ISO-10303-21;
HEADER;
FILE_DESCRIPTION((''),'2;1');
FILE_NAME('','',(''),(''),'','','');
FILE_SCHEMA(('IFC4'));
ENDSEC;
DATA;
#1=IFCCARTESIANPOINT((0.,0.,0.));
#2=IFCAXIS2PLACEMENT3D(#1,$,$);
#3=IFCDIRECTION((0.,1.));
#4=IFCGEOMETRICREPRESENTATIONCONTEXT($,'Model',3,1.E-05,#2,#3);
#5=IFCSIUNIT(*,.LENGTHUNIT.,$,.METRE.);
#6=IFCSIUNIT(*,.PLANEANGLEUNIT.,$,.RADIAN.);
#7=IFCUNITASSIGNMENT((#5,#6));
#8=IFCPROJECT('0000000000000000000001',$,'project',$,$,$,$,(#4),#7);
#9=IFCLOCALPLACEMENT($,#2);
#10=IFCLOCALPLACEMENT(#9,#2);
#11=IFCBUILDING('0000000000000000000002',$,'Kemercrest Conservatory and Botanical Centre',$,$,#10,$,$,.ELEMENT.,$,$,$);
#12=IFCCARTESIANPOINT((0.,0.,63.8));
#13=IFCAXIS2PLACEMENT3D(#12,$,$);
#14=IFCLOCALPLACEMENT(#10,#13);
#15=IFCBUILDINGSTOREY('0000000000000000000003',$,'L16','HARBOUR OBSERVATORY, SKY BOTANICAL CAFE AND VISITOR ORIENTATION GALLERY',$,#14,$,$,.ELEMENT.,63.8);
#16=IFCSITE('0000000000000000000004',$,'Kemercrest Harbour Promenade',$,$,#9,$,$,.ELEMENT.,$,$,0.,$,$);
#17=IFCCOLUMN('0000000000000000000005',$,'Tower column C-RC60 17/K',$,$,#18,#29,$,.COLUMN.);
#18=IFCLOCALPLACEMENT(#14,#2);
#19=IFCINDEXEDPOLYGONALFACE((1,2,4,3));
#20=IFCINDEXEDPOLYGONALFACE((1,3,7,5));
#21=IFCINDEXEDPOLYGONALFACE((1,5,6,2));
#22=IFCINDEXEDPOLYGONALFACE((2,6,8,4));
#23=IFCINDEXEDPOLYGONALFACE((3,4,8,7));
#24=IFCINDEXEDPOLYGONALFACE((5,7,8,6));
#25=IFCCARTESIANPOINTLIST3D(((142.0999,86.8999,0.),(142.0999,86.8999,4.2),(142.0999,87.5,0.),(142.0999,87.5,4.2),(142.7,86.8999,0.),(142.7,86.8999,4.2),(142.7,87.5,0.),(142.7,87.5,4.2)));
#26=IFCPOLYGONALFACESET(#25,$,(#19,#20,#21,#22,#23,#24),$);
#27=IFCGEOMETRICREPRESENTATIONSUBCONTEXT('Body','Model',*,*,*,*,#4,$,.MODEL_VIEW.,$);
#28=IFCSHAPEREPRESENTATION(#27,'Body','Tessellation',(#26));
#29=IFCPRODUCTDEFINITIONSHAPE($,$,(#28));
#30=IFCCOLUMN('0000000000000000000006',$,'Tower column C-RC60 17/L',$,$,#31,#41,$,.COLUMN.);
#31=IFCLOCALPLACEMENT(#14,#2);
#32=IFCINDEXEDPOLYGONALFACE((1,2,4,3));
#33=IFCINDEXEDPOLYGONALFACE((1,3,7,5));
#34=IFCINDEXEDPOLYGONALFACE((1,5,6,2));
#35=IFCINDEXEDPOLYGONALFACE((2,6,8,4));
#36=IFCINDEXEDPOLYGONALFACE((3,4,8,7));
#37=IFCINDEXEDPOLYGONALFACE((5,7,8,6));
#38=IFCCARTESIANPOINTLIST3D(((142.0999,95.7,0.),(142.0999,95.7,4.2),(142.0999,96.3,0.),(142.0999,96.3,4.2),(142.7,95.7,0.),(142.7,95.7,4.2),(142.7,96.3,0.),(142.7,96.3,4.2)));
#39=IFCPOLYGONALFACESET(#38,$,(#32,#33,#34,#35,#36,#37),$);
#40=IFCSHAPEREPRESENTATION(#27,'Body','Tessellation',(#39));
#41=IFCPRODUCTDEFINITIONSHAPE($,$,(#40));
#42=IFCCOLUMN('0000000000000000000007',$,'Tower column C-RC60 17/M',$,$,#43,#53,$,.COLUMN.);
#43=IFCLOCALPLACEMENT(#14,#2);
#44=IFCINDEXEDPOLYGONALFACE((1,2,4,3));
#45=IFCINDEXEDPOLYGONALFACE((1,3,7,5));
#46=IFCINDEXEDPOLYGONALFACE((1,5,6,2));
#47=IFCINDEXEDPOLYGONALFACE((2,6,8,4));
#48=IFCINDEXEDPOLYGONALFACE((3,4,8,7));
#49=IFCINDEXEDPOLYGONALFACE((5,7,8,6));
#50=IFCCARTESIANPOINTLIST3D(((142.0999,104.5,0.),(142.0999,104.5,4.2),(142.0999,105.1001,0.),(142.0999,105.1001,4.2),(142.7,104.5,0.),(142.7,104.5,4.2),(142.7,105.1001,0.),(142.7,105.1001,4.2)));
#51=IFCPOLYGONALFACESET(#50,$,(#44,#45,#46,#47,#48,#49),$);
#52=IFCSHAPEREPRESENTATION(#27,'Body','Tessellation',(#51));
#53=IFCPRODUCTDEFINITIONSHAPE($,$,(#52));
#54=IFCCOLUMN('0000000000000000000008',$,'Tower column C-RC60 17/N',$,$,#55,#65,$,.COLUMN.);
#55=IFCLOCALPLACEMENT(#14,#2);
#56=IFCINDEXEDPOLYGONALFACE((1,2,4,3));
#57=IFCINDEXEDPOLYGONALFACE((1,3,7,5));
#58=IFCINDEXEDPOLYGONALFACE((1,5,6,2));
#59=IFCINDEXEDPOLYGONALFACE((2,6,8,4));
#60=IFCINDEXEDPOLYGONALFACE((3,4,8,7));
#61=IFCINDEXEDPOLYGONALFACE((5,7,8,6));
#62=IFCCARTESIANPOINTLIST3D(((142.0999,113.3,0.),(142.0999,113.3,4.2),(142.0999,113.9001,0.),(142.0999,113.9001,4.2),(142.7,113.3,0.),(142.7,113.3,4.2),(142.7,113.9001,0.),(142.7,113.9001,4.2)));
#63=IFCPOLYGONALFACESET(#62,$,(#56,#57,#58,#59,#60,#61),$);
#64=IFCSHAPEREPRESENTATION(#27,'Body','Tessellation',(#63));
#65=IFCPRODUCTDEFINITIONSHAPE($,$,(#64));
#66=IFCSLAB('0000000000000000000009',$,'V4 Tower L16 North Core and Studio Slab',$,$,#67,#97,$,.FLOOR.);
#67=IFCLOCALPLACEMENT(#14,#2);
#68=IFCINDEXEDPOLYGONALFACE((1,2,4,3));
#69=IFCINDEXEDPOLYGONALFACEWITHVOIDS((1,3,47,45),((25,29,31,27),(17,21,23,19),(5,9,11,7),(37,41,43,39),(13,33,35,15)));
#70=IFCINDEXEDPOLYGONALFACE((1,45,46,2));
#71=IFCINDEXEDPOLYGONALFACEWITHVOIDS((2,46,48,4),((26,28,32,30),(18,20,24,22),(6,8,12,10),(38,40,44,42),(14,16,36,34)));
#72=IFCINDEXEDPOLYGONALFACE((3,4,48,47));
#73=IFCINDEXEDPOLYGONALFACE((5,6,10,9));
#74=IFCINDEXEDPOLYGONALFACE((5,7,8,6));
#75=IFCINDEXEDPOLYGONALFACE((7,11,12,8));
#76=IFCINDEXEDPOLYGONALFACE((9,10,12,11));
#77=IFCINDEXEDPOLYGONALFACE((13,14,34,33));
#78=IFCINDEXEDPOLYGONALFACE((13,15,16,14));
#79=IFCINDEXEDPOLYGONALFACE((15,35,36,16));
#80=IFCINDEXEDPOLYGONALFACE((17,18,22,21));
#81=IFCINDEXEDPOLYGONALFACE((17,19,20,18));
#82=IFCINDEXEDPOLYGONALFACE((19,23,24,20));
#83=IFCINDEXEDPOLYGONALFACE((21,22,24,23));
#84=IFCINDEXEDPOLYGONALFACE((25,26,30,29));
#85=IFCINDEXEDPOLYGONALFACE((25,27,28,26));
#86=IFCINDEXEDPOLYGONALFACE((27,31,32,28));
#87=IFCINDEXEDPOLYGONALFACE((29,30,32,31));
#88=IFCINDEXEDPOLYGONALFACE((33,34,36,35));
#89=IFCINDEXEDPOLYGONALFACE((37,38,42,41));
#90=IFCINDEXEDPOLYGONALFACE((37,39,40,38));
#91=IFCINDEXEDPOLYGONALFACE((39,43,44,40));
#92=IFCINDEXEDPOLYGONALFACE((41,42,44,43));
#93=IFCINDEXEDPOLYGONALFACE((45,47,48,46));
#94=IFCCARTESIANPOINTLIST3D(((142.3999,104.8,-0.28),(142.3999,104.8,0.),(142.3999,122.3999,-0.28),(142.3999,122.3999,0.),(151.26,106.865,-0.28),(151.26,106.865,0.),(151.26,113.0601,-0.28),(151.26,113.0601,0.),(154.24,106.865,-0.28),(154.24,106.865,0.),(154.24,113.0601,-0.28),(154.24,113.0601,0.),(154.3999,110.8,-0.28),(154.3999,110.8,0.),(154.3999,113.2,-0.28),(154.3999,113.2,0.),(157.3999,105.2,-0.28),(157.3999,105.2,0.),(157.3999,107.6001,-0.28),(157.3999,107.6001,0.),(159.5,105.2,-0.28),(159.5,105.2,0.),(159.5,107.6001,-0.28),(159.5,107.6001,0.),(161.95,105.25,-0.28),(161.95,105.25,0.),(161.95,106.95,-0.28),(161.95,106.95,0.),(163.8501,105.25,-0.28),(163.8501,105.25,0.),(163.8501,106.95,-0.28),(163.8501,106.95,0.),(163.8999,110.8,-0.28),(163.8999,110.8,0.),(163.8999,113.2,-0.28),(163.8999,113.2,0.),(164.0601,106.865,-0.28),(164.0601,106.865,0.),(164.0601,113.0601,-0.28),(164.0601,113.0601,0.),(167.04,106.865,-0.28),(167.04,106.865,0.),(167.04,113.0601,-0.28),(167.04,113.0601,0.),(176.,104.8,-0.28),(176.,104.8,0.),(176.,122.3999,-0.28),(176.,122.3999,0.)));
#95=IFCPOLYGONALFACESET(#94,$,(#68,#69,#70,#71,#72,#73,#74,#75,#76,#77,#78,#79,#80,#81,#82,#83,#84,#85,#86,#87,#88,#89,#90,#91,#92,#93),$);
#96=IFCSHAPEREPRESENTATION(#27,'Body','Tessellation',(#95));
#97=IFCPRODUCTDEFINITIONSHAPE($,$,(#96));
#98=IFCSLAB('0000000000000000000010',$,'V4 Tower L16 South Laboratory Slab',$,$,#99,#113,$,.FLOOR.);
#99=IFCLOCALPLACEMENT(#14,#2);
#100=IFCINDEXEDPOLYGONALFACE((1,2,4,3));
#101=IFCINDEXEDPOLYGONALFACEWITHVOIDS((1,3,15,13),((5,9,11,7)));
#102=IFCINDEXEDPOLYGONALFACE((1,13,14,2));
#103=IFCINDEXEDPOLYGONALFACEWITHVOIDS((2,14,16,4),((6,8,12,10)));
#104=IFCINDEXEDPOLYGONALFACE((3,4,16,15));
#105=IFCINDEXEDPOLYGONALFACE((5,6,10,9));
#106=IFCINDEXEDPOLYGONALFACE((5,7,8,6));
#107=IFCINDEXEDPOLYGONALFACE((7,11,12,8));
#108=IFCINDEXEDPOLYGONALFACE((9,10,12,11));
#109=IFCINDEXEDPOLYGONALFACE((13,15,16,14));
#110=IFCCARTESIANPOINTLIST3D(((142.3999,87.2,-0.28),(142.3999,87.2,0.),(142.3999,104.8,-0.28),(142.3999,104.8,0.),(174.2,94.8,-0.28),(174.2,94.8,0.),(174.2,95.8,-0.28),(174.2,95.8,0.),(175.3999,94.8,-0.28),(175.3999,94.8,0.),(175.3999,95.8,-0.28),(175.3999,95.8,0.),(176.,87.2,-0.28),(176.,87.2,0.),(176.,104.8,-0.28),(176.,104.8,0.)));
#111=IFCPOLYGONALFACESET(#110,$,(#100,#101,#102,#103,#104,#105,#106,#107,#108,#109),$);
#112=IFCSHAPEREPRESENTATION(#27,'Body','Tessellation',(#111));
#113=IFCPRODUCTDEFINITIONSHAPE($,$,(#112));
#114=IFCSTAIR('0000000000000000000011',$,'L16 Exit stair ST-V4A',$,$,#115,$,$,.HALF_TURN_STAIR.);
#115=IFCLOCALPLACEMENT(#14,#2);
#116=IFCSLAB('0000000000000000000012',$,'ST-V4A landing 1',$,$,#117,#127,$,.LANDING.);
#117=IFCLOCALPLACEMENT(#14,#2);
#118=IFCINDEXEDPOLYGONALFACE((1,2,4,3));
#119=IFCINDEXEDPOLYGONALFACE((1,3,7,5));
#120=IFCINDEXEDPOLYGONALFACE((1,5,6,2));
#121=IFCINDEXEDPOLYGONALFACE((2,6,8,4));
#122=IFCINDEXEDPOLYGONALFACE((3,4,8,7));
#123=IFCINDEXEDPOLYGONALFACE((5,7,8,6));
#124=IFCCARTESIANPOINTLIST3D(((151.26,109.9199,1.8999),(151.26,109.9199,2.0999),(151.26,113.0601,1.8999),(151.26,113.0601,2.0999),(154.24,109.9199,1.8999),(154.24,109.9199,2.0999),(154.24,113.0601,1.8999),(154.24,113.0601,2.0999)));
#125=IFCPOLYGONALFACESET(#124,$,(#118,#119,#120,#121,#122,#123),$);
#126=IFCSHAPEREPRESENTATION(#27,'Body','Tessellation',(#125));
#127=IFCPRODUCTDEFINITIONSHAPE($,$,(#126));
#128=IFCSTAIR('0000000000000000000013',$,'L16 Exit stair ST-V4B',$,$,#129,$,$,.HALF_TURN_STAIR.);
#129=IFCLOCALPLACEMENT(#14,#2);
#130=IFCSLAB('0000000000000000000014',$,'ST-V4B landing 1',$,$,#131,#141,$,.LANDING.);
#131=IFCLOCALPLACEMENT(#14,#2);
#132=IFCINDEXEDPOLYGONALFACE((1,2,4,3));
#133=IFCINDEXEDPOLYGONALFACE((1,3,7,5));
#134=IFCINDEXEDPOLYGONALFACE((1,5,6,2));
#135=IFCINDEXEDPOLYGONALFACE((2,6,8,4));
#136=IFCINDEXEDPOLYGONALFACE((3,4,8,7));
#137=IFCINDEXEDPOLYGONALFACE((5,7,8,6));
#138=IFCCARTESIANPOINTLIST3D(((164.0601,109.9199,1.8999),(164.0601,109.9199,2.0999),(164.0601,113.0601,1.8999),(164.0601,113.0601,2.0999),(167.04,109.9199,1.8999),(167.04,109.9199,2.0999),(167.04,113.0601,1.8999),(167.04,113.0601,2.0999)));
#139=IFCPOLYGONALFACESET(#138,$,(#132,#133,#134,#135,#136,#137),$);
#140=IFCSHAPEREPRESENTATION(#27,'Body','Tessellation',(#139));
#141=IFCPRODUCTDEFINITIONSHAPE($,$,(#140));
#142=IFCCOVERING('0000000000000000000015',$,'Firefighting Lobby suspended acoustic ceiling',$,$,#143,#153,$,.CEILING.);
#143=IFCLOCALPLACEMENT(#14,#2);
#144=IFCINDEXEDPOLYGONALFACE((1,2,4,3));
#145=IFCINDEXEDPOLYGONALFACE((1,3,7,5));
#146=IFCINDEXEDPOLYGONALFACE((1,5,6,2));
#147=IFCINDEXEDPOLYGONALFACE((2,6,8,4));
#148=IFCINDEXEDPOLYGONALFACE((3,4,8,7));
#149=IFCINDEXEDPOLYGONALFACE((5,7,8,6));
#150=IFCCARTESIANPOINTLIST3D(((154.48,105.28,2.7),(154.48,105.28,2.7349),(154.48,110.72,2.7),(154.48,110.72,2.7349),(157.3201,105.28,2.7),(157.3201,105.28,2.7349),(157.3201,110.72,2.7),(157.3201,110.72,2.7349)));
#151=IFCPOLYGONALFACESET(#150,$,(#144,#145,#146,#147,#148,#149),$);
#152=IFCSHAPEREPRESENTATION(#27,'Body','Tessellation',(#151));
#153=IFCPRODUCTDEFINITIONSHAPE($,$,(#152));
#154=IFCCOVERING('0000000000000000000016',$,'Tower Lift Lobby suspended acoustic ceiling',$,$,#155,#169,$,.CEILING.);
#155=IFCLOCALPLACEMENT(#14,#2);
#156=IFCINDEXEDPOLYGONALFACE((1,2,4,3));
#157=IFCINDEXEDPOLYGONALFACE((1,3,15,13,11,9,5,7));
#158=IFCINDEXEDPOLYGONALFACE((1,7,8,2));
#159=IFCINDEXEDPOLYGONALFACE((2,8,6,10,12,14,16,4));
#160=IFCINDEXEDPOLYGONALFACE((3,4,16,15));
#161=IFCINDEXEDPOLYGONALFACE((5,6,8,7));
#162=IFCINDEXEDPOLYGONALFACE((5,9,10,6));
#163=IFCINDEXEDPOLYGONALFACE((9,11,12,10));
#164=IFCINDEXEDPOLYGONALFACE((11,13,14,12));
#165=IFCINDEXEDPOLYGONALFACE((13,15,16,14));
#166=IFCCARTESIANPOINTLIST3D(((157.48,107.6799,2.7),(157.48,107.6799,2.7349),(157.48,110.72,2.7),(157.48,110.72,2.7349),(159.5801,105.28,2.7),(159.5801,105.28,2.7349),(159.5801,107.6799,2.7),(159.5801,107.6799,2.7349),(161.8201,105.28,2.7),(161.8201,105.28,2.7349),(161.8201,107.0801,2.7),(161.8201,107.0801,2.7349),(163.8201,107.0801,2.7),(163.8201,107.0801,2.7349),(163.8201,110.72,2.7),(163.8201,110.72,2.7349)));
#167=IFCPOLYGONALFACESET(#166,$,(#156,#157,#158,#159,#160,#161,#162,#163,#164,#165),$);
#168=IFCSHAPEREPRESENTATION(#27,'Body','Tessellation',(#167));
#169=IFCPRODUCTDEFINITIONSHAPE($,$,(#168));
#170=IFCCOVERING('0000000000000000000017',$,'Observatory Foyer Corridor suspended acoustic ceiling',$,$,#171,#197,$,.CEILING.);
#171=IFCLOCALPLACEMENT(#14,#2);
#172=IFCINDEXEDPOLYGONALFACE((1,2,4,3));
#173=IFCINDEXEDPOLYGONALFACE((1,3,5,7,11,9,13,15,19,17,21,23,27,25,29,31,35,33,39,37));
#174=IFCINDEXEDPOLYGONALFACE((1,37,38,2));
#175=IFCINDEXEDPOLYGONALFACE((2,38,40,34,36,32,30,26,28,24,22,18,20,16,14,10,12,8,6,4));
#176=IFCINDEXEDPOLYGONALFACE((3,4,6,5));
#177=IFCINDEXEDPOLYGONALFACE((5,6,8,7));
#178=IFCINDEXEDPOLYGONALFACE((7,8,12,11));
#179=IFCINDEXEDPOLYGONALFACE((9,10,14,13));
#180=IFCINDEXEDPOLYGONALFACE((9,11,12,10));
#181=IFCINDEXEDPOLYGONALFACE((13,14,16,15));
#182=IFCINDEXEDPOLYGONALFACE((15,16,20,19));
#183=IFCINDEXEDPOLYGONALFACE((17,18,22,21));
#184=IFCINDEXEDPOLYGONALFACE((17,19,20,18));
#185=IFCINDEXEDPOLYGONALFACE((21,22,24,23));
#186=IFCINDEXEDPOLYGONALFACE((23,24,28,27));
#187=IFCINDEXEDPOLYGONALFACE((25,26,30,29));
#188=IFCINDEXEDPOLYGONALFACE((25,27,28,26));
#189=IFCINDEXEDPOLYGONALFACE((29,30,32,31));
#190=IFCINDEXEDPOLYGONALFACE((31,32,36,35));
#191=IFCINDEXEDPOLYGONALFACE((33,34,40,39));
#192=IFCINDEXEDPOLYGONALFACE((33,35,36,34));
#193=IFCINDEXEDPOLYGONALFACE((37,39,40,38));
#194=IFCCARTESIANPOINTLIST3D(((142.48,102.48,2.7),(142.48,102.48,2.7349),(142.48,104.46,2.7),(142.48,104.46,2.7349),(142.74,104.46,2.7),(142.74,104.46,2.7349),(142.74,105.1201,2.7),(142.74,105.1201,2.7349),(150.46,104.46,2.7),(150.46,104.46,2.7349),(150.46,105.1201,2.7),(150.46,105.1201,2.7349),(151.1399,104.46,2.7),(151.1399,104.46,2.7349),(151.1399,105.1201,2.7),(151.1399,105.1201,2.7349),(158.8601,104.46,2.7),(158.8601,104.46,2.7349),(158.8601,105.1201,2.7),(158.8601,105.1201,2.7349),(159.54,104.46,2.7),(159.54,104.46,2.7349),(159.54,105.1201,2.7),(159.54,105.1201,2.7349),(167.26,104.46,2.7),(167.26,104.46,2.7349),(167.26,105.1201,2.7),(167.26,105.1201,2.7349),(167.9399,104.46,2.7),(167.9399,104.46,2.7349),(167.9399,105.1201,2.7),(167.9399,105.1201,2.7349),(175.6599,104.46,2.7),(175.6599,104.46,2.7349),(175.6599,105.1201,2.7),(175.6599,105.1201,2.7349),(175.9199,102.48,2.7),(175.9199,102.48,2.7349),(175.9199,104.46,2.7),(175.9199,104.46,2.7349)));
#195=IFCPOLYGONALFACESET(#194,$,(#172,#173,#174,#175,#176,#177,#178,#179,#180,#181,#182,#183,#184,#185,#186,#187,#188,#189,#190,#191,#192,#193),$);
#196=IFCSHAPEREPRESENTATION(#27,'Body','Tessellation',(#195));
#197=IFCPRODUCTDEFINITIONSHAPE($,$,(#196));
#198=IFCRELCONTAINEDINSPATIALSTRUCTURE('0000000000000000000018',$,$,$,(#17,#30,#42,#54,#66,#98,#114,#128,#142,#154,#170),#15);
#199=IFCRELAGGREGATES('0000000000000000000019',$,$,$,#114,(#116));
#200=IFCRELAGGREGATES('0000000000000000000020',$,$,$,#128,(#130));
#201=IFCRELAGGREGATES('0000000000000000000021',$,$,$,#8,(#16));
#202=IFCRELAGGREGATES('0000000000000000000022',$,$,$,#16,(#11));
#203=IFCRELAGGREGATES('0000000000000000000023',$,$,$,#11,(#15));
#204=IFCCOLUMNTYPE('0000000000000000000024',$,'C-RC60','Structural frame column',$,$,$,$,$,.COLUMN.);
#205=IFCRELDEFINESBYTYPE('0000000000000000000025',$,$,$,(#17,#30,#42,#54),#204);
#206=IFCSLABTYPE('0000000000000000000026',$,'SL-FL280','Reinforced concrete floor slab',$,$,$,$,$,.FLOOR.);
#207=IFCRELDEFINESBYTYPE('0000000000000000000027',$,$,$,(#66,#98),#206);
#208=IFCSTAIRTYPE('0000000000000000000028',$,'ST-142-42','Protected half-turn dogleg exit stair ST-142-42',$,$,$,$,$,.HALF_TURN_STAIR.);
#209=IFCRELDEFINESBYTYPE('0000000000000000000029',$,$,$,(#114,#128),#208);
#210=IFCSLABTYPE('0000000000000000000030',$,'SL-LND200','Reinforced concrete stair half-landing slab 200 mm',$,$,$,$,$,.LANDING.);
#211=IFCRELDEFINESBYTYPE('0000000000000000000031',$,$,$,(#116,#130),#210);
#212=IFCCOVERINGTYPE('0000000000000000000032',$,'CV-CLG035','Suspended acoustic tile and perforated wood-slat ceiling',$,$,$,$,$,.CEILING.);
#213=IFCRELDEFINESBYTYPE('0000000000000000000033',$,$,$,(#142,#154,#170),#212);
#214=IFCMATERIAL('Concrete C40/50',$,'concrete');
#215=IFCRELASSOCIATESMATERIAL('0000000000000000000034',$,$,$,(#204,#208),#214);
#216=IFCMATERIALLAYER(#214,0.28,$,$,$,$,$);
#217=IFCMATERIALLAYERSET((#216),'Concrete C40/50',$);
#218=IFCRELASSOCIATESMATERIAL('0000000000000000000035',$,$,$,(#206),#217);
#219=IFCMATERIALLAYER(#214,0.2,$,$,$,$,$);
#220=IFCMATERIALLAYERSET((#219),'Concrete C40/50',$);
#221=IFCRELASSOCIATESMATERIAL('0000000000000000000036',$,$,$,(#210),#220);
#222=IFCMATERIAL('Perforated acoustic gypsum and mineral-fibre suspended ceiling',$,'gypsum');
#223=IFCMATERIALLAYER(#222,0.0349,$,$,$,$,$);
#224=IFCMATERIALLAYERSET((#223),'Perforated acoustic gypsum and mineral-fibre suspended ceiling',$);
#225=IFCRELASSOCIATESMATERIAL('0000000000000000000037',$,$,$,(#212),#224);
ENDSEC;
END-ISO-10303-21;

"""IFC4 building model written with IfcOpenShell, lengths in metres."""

from ifc_helpers import new_model, si_unit, direction, frame, origin, origin_2d, place, context, subcontext, project, spatial, polyline, rectangle, outline, extrude, material, layer, layer_set, material_profile, profile_set, type_object, element, aggregate, save


model = new_model("IFC4")

# Units and contexts
model_context = context("Model", 3, precision=1e-05, world=origin(), true_north=direction((0.0, 1.0)))
body_context = subcontext(model_context, "Body", "Model", "MODEL_VIEW")
ifc_project = project(units=[si_unit("LENGTHUNIT", "METRE"), si_unit("PLANEANGLEUNIT", "RADIAN")], contexts=[model_context])

# Site, building, storey
site_placement = place(None, origin())
site = spatial("IfcSite", under=ifc_project, at=site_placement, Name="Kemercrest Harbour Promenade", CompositionType="ELEMENT", RefElevation=0.0)
building_placement = place(site_placement, origin())
building = spatial("IfcBuilding", under=site, at=building_placement, Name="Kemercrest Conservatory and Botanical Centre", CompositionType="ELEMENT")
storey_placement = place(building_placement, frame((0.0, 0.0, 63.8)))
storey = spatial("IfcBuildingStorey", under=building, at=storey_placement, Name="L16", Description="HARBOUR OBSERVATORY, SKY BOTANICAL CAFE AND VISITOR ORIENTATION GALLERY", CompositionType="ELEMENT", Elevation=63.8)

# Columns
ifc_material_1 = material(Name="Concrete C40/50", Category="concrete")
ifc_material_profile = material_profile(ifc_material_1, rectangle(XDim=0.6001, YDim=0.6001, at=origin_2d()), Name="RC 600x600")
ifc_profile_set = profile_set([ifc_material_profile], Name="Concrete C40/50")
column_type = type_object("IfcColumnType", Name="C-RC60", Description="Structural frame column", PredefinedType="COLUMN", material=ifc_profile_set)
for number, where, z_axis, x_axis, name in (
    (1, (142.3999, 87.2, 0.0), (0.0, 0.0, 1.0), (1.0, 0.0, 0.0), "Tower column C-RC60 17/K"),
    (2, (142.3999, 96.0, 0.0), (0.0, 0.0, 1.0), (1.0, 0.0, 0.0), "Tower column C-RC60 17/L"),
    (3, (142.3999, 104.8, 0.0), (0.0, 0.0, 1.0), (1.0, 0.0, 0.0), "Tower column C-RC60 17/M"),
    (4, (142.3999, 113.6001, 0.0), (0.0, 0.0, 1.0), (1.0, 0.0, 0.0), "Tower column C-RC60 17/N"),
):
    element("IfcColumn", number, at=place(storey_placement, frame(where, z_axis=z_axis, x_axis=x_axis)), inside=storey, type_object=column_type, Name=name, PredefinedType="COLUMN", context=body_context, shape_type="SweptSolid", body=[
        extrude(rectangle(XDim=0.6001, YDim=0.6001, at=origin_2d()), origin(), (0.0, 0.0, 1.0), 4.2),
    ])

# Slabs
ifc_layer_1 = layer(ifc_material_1, 0.28)
ifc_layer_set_1 = layer_set([ifc_layer_1], Name="Concrete C40/50")
slab_type_1 = type_object("IfcSlabType", Name="SL-FL280", Description="Reinforced concrete floor slab", PredefinedType="FLOOR", material=ifc_layer_set_1)
slab_1_placement = place(storey_placement, frame((0.0, 0.0, -0.28)))
element("IfcSlab", 5, at=slab_1_placement, inside=storey, type_object=slab_type_1, Name="V4 Tower L16 North Core and Studio Slab", PredefinedType="FLOOR", context=body_context, shape_type="SweptSolid", body=[
    extrude(outline(polyline([(142.3999, 122.3999), (142.3999, 104.8), (176.0, 104.8), (176.0, 122.3999), (142.3999, 122.3999)]), holes=[polyline([(164.0601, 106.865), (164.0601, 113.0601), (167.04, 113.0601), (167.04, 106.865), (164.0601, 106.865)]), polyline([(154.3999, 110.8), (154.3999, 113.2), (163.8999, 113.2), (163.8999, 110.8), (154.3999, 110.8)]), polyline([(161.95, 105.25), (161.95, 106.95), (163.8501, 106.95), (163.8501, 105.25), (161.95, 105.25)]), polyline([(157.3999, 105.2), (157.3999, 107.6001), (159.5, 107.6001), (159.5, 105.2), (157.3999, 105.2)]), polyline([(154.24, 106.865), (151.26, 106.865), (151.26, 113.0601), (154.24, 113.0601), (154.24, 106.865)])]), origin(), (0.0, 0.0, 1.0), 0.28),
])
slab_2_placement = place(storey_placement, frame((0.0, 0.0, -0.28)))
element("IfcSlab", 6, at=slab_2_placement, inside=storey, type_object=slab_type_1, Name="V4 Tower L16 South Laboratory Slab", PredefinedType="FLOOR", context=body_context, shape_type="SweptSolid", body=[
    extrude(outline(polyline([(142.3999, 104.8), (142.3999, 87.2), (176.0, 87.2), (176.0, 104.8), (142.3999, 104.8)]), holes=[polyline([(175.3999, 94.8), (174.2, 94.8), (174.2, 95.8), (175.3999, 95.8), (175.3999, 94.8)])]), origin(), (0.0, 0.0, 1.0), 0.28),
])

# Stairs, slabs
stair_type = type_object("IfcStairType", Name="ST-142-42", Description="Protected half-turn dogleg exit stair ST-142-42", PredefinedType="HALF_TURN_STAIR", material=ifc_material_1)
stair_1_placement = place(storey_placement, origin())
stair_1 = element("IfcStair", 7, at=stair_1_placement, inside=storey, type_object=stair_type, Name="L16 Exit stair ST-V4A", PredefinedType="HALF_TURN_STAIR")
ifc_layer_2 = layer(ifc_material_1, 0.2)
ifc_layer_set_2 = layer_set([ifc_layer_2], Name="Concrete C40/50")
slab_type_2 = type_object("IfcSlabType", Name="SL-LND200", Description="Reinforced concrete stair half-landing slab 200 mm", PredefinedType="LANDING", material=ifc_layer_set_2)
slab_3_placement = place(storey_placement, frame((0.0, 0.0, 1.8999)))
slab_3 = element("IfcSlab", 8, at=slab_3_placement, type_object=slab_type_2, Name="ST-V4A landing 1", PredefinedType="LANDING", context=body_context, shape_type="SweptSolid", body=[
    extrude(outline(polyline([(154.24, 109.9199), (154.24, 113.0601), (151.26, 113.0601), (151.26, 109.9199), (154.24, 109.9199)])), origin(), (0.0, 0.0, 1.0), 0.2),
])
aggregate(stair_1, [slab_3])
stair_2_placement = place(storey_placement, origin())
stair_2 = element("IfcStair", 9, at=stair_2_placement, inside=storey, type_object=stair_type, Name="L16 Exit stair ST-V4B", PredefinedType="HALF_TURN_STAIR")
slab_4_placement = place(storey_placement, frame((0.0, 0.0, 1.8999)))
slab_4 = element("IfcSlab", 10, at=slab_4_placement, type_object=slab_type_2, Name="ST-V4B landing 1", PredefinedType="LANDING", context=body_context, shape_type="SweptSolid", body=[
    extrude(outline(polyline([(167.04, 109.9199), (167.04, 113.0601), (164.0601, 113.0601), (164.0601, 109.9199), (167.04, 109.9199)])), origin(), (0.0, 0.0, 1.0), 0.2),
])
aggregate(stair_2, [slab_4])

# Coverings
ifc_material_2 = material(Name="Perforated acoustic gypsum and mineral-fibre suspended ceiling", Category="gypsum")
ifc_layer_3 = layer(ifc_material_2, 0.0349)
ifc_layer_set_3 = layer_set([ifc_layer_3], Name="Perforated acoustic gypsum and mineral-fibre suspended ceiling")
covering_type_1 = type_object("IfcCoveringType", Name="CV-CLG035", Description="Suspended acoustic tile and perforated wood-slat ceiling", PredefinedType="CEILING", material=ifc_layer_set_3)
covering_1_placement = place(storey_placement, frame((0.0, 0.0, 2.7)))
element("IfcCovering", 11, at=covering_1_placement, inside=storey, type_object=covering_type_1, Name="Firefighting Lobby suspended acoustic ceiling", PredefinedType="CEILING", context=body_context, shape_type="SweptSolid", body=[
    extrude(outline(polyline([(154.48, 105.28), (157.3201, 105.28), (157.3201, 110.72), (154.48, 110.72), (154.48, 105.28)])), origin(), (0.0, 0.0, 1.0), 0.0349),
])
covering_2_placement = place(storey_placement, frame((0.0, 0.0, 2.7)))
element("IfcCovering", 12, at=covering_2_placement, inside=storey, type_object=covering_type_1, Name="Tower Lift Lobby suspended acoustic ceiling", PredefinedType="CEILING", context=body_context, shape_type="SweptSolid", body=[
    extrude(outline(polyline([(159.5801, 107.6799), (159.5801, 105.28), (161.8201, 105.28), (161.8201, 107.0801), (163.8201, 107.0801), (163.8201, 110.72), (157.48, 110.72), (157.48, 107.6799), (159.5801, 107.6799)])), origin(), (0.0, 0.0, 1.0), 0.0349),
])
covering_3_placement = place(storey_placement, frame((0.0, 0.0, 2.7)))
element("IfcCovering", 13, at=covering_3_placement, inside=storey, type_object=covering_type_1, Name="Observatory Foyer Corridor suspended acoustic ceiling", PredefinedType="CEILING", context=body_context, shape_type="SweptSolid", body=[
    extrude(outline(polyline([(142.48, 102.48), (175.9199, 102.48), (175.9199, 104.46), (175.6599, 104.46), (175.6599, 105.1201), (167.9399, 105.1201), (167.9399, 104.46), (167.26, 104.46), (167.26, 105.1201), (159.54, 105.1201), (159.54, 104.46), (158.8601, 104.46), (158.8601, 105.1201), (151.1399, 105.1201), (151.1399, 104.46), (150.46, 104.46), (150.46, 105.1201), (142.74, 105.1201), (142.74, 104.46), (142.48, 104.46), (142.48, 102.48)])), origin(), (0.0, 0.0, 1.0), 0.0349),
])

save(model, "model.ifc")
